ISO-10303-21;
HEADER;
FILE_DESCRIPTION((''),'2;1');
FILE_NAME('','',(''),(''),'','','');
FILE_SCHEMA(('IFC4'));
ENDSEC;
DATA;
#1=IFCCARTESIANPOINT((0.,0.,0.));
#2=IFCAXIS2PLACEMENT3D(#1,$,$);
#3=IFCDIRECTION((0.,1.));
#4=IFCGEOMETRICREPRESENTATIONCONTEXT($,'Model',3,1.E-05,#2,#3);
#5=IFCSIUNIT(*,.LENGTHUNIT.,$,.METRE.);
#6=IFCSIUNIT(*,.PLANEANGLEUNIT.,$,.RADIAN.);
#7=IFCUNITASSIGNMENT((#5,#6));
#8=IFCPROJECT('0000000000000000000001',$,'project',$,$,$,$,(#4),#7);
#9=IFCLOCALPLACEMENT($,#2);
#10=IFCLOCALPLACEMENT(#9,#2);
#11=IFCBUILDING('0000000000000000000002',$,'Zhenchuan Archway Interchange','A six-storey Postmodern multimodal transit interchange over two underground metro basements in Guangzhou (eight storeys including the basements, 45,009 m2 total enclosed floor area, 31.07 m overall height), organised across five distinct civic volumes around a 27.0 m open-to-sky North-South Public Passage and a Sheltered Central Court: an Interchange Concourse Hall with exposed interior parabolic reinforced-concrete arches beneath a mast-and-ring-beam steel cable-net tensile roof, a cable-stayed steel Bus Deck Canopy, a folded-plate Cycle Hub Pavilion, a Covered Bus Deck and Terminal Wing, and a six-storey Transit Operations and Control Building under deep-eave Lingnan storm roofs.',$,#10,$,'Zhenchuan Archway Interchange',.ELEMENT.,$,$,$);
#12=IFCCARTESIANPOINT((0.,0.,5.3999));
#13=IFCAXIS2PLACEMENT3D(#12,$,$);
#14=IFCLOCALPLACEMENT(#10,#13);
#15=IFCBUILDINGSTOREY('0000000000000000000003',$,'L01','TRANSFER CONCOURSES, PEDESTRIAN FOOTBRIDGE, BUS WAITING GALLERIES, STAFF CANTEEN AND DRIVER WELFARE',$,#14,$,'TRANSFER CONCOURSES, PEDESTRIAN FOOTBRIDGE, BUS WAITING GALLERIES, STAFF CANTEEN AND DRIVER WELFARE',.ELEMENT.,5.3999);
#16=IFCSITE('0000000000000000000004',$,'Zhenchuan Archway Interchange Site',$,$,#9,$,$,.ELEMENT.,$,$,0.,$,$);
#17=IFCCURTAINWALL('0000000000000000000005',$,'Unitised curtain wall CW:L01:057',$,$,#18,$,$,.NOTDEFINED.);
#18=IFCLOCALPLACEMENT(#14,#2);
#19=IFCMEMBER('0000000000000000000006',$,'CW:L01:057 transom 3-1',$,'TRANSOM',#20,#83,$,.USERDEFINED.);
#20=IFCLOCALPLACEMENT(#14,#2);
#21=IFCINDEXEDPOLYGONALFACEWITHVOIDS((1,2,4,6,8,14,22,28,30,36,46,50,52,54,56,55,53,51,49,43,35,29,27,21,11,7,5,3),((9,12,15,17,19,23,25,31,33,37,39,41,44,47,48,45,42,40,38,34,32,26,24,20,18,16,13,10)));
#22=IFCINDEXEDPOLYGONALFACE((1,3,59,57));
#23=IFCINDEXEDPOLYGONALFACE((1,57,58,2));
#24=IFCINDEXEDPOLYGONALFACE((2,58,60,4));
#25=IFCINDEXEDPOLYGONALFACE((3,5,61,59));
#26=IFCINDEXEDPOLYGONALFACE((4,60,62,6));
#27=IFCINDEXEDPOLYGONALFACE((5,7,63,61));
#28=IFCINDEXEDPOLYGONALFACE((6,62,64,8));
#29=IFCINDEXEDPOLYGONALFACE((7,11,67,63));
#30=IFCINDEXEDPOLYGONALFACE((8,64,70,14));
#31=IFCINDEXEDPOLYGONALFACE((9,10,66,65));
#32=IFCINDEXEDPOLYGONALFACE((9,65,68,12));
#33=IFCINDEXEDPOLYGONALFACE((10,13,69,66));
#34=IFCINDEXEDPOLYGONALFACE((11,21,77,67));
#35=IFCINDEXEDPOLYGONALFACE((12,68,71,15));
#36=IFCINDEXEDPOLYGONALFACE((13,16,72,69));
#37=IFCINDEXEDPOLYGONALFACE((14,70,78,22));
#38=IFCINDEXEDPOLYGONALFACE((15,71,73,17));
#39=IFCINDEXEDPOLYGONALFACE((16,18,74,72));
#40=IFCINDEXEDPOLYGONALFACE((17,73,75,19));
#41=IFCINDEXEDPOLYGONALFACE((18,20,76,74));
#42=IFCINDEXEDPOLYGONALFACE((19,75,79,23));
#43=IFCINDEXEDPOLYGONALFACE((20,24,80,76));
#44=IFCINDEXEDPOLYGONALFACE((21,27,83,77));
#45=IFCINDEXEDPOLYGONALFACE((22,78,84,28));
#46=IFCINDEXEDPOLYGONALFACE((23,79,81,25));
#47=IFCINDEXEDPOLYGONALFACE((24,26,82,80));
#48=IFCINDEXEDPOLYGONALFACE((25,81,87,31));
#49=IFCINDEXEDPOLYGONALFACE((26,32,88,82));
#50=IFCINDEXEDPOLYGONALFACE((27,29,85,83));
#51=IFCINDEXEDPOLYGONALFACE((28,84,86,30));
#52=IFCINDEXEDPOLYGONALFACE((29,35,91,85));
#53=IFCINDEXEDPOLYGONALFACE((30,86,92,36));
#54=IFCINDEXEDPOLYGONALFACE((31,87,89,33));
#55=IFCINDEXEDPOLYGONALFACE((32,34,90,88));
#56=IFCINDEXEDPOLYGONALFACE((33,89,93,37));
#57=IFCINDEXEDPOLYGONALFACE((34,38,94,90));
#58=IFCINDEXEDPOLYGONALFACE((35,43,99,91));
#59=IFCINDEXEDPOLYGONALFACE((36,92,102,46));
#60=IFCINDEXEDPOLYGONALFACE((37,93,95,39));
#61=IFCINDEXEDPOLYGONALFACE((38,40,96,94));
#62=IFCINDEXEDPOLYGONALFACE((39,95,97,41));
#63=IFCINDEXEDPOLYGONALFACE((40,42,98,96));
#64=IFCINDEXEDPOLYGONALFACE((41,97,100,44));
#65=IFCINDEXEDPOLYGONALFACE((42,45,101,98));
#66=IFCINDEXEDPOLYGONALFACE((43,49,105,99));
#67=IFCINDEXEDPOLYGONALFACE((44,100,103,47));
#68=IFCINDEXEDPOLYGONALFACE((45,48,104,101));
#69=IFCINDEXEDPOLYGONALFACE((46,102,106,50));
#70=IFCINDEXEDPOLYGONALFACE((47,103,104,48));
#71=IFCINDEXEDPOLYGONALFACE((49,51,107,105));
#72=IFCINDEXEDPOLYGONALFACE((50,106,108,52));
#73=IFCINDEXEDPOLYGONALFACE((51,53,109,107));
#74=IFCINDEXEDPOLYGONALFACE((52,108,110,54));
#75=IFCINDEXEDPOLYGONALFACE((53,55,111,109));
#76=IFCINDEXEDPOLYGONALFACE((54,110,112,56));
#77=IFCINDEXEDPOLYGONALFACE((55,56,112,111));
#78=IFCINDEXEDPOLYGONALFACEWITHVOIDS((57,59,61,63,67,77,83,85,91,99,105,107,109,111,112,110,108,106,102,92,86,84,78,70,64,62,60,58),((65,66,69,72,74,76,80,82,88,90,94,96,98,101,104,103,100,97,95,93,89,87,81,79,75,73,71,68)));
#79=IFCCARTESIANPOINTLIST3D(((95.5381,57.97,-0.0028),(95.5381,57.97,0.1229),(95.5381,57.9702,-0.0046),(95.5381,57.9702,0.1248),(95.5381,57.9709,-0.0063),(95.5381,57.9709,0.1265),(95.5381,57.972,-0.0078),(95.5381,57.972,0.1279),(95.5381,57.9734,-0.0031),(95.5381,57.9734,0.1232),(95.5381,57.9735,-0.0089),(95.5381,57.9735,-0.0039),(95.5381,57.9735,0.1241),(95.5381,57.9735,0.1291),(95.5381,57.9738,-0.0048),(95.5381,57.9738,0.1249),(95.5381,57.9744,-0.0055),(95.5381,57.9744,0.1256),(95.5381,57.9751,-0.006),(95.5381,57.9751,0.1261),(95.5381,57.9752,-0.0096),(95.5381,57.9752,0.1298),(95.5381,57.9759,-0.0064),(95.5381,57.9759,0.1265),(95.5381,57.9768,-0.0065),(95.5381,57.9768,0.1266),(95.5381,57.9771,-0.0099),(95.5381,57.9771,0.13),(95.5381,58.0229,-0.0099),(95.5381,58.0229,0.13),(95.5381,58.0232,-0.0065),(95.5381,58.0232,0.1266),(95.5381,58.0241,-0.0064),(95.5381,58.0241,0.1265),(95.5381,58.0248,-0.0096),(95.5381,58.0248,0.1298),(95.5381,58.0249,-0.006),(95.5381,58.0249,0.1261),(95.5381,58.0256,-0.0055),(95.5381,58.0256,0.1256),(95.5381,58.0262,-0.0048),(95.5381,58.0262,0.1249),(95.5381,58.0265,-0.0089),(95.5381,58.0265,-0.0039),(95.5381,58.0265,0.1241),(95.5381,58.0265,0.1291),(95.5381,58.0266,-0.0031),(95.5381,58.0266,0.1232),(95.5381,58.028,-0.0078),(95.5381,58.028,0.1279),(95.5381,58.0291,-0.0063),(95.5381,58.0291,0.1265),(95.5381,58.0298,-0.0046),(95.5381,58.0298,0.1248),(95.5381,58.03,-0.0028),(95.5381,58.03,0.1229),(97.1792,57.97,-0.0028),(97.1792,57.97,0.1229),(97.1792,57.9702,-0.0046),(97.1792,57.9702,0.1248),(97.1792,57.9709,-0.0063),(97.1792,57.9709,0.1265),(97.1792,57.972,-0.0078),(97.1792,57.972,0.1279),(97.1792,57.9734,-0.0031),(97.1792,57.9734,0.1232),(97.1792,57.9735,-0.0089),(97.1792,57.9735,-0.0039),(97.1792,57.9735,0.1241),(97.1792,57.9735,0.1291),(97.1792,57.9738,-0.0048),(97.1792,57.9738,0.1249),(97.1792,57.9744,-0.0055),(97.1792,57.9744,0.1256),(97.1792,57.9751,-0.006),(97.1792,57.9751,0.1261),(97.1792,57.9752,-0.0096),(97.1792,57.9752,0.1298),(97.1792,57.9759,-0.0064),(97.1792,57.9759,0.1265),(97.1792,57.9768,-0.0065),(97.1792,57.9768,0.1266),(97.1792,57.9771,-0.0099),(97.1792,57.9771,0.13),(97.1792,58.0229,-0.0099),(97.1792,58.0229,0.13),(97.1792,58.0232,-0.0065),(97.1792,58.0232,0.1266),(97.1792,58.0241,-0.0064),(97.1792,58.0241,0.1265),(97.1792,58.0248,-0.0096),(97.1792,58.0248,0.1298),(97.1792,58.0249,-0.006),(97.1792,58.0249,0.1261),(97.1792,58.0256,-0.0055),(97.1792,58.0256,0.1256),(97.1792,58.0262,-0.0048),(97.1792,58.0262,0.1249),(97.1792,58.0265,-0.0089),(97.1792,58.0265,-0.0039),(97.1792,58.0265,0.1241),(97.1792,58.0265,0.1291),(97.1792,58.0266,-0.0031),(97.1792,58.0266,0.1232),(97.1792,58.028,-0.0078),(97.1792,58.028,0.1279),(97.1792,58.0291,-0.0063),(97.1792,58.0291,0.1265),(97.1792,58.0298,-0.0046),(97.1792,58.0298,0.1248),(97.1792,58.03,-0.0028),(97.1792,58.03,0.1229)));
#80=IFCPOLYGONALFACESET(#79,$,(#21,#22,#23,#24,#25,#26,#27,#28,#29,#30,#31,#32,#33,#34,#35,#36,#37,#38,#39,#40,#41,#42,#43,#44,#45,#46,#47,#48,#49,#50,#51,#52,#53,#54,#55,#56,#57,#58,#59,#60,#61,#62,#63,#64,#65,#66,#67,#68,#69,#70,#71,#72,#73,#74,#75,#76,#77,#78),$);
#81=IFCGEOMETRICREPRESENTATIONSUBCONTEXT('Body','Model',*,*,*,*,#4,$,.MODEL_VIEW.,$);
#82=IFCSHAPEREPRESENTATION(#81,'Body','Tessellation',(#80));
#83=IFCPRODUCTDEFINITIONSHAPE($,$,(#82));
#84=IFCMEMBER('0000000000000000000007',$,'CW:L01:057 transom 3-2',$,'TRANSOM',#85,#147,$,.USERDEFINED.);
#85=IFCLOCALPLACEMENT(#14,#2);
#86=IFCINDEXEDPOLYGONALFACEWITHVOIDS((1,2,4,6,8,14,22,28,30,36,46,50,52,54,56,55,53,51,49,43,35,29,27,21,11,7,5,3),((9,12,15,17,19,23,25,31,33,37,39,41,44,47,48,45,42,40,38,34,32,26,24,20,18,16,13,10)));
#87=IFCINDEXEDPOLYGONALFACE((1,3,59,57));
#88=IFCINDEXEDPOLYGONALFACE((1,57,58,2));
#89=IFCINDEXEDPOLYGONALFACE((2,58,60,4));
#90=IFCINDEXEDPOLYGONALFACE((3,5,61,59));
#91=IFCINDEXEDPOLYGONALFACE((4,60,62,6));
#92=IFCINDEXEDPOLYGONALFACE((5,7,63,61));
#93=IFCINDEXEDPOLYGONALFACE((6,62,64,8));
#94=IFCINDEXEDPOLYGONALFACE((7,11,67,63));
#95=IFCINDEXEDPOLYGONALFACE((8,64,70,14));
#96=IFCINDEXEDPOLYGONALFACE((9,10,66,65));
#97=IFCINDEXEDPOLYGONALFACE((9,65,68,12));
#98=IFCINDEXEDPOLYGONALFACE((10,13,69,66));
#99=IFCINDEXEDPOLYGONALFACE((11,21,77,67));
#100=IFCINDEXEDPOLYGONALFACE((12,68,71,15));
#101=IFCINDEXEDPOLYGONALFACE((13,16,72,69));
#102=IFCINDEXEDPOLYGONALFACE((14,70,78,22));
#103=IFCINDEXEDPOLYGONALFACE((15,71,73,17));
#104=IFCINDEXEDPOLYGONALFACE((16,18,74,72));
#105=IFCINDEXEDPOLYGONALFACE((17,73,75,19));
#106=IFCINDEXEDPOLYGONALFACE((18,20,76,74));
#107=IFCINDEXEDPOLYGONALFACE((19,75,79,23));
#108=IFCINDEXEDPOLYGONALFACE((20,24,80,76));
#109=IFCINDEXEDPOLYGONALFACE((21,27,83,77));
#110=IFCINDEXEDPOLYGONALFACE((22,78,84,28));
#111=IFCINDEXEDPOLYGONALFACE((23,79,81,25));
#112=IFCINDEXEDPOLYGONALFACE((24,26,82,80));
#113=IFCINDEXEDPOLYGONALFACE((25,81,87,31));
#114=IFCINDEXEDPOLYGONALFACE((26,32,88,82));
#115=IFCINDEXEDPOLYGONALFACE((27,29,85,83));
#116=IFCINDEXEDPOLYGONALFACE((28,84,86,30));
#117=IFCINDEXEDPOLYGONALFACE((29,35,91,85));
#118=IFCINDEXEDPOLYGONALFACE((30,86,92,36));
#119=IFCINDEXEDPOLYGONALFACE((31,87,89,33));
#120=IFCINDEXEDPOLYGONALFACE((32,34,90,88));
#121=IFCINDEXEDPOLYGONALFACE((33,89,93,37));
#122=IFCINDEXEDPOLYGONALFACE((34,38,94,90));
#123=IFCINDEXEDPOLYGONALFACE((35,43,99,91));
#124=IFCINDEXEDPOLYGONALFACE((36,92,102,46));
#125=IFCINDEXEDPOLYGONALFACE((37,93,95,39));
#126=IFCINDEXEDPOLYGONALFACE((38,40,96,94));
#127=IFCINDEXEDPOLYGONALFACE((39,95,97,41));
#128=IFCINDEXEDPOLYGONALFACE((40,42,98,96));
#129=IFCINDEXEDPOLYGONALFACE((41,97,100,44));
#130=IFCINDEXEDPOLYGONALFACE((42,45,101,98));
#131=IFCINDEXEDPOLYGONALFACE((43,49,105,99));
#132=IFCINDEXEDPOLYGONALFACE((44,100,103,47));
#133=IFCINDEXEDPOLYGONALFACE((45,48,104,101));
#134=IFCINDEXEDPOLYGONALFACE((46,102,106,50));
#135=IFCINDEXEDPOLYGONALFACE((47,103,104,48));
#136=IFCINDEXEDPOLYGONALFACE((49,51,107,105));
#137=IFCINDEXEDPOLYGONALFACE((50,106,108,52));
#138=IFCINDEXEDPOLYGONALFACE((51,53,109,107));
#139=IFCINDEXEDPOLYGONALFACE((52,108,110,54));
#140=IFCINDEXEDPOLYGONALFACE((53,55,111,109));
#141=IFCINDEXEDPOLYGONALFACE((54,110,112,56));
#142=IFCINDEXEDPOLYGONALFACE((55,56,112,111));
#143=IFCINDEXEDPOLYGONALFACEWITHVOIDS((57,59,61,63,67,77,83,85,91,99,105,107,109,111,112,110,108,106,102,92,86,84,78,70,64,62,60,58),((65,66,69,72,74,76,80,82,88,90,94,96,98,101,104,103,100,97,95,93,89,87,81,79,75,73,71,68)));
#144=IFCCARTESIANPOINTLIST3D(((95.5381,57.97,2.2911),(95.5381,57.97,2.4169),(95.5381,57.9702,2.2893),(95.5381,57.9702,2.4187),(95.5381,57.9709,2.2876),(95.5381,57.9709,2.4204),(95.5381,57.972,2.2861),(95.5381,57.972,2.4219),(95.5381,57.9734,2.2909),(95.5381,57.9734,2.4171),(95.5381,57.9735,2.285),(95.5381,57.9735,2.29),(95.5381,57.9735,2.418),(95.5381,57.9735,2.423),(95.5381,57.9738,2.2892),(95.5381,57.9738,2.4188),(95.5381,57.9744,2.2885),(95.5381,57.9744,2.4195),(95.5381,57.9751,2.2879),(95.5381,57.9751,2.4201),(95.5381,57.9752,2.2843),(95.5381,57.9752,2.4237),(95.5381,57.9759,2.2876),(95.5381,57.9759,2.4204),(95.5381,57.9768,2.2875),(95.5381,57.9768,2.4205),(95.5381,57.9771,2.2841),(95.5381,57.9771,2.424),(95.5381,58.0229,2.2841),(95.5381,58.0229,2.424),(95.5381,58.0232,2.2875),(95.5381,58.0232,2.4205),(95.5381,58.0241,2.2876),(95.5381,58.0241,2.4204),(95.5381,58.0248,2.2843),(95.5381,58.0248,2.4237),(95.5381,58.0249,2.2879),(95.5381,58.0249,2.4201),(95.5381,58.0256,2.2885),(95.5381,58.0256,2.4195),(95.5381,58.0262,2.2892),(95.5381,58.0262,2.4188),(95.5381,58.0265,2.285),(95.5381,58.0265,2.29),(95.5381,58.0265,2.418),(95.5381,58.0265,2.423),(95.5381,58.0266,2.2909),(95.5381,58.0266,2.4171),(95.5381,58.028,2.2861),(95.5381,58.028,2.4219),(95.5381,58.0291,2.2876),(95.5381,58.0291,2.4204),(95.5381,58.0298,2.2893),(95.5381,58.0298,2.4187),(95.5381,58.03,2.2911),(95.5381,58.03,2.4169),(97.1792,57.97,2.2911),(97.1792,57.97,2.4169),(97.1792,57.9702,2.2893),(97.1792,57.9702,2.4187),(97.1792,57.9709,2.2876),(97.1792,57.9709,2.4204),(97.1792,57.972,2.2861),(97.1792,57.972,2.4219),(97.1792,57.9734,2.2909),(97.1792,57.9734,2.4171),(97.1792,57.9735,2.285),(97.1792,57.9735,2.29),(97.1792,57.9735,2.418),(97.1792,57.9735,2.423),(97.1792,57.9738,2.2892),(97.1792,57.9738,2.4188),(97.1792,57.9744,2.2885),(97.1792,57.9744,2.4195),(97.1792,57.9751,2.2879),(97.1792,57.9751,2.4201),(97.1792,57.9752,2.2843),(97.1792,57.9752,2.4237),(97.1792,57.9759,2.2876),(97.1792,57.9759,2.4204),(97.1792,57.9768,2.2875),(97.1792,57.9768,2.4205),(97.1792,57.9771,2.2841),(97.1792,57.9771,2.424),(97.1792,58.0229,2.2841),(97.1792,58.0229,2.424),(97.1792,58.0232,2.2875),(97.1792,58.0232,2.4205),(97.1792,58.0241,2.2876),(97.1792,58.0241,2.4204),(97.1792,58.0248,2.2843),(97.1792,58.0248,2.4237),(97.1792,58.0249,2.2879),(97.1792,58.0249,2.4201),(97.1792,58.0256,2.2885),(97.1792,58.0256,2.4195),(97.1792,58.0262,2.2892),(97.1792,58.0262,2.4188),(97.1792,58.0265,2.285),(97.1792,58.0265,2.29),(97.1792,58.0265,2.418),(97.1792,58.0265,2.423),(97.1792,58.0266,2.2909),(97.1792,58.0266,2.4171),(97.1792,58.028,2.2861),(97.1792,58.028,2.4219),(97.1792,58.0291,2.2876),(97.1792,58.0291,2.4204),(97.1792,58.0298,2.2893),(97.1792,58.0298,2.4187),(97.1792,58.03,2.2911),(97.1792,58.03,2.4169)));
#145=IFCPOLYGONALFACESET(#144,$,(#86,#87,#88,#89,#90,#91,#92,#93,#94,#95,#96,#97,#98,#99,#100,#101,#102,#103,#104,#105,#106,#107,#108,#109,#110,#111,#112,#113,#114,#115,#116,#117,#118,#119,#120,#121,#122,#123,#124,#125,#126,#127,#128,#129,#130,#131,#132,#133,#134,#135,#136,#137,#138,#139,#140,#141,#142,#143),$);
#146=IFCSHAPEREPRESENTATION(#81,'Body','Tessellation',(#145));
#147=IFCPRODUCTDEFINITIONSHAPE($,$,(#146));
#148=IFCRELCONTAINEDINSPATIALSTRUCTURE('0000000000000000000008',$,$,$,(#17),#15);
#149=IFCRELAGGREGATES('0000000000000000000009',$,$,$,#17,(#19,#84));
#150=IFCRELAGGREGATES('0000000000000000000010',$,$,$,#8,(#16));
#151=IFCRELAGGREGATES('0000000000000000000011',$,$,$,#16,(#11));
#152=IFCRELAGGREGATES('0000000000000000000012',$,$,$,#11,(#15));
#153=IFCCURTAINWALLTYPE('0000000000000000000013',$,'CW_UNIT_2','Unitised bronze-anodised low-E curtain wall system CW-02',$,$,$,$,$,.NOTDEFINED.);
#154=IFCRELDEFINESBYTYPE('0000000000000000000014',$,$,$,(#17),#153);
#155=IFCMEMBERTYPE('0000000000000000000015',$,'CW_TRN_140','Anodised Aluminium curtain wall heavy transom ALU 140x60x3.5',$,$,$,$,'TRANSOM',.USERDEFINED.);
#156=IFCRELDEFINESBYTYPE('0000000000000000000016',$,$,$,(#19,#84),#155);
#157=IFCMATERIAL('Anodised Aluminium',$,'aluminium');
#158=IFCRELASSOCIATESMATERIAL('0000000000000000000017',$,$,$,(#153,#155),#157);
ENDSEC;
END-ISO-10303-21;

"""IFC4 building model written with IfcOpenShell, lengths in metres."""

from ifc_helpers import new_model, si_unit, direction, frame, origin, origin_2d, place, context, subcontext, project, spatial, hollow_rectangle, extrude, material, material_profile, profile_set, type_object, element, aggregate, save


model = new_model("IFC4")

# Units and contexts
model_context = context("Model", 3, precision=1e-05, world=origin(), true_north=direction((0.0, 1.0)))
body_context = subcontext(model_context, "Body", "Model", "MODEL_VIEW")
ifc_project = project(units=[si_unit("LENGTHUNIT", "METRE"), si_unit("PLANEANGLEUNIT", "RADIAN")], contexts=[model_context])

# Site, building, storey
site_placement = place(None, origin())
site = spatial("IfcSite", under=ifc_project, at=site_placement, Name="Zhenchuan Archway Interchange Site", CompositionType="ELEMENT", RefElevation=0.0)
building_placement = place(site_placement, origin())
building = spatial("IfcBuilding", under=site, at=building_placement, Name="Zhenchuan Archway Interchange", Description="A six-storey Postmodern multimodal transit interchange over two underground metro basements in Guangzhou (eight storeys including the basements, 45,009 m2 total enclosed floor area, 31.07 m overall height), organised across five distinct civic volumes around a 27.0 m open-to-sky North-South Public Passage and a Sheltered Central Court: an Interchange Concourse Hall with exposed interior parabolic reinforced-concrete arches beneath a mast-and-ring-beam steel cable-net tensile roof, a cable-stayed steel Bus Deck Canopy, a folded-plate Cycle Hub Pavilion, a Covered Bus Deck and Terminal Wing, and a six-storey Transit Operations and Control Building under deep-eave Lingnan storm roofs.", LongName="Zhenchuan Archway Interchange", CompositionType="ELEMENT")
storey_placement = place(building_placement, frame((0.0, 0.0, 5.3999)))
storey = spatial("IfcBuildingStorey", under=building, at=storey_placement, Name="L01", Description="TRANSFER CONCOURSES, PEDESTRIAN FOOTBRIDGE, BUS WAITING GALLERIES, STAFF CANTEEN AND DRIVER WELFARE", LongName="TRANSFER CONCOURSES, PEDESTRIAN FOOTBRIDGE, BUS WAITING GALLERIES, STAFF CANTEEN AND DRIVER WELFARE", CompositionType="ELEMENT", Elevation=5.3999)

# Shared definitions
ifc_material_1 = material(Name="Anodised Aluminium", Category="aluminium")

# Curtain wall
curtain_wall_type_1 = type_object("IfcCurtainWallType", Name="CW_UNIT_2", Description="Unitised bronze-anodised low-E curtain wall system CW-02", PredefinedType="NOTDEFINED", material=ifc_material_1)
curtain_wall_1_placement = place(storey_placement, origin())
curtain_wall_1 = element("IfcCurtainWall", 1, at=curtain_wall_1_placement, inside=storey, type_object=curtain_wall_type_1, Name="Unitised curtain wall CW:L01:057", PredefinedType="NOTDEFINED")

# Members
ifc_material_profile_1 = material_profile(ifc_material_1, hollow_rectangle(XDim=0.0601, YDim=0.1399, WallThickness=0.0034, InnerFilletRadius=0.0034, OuterFilletRadius=0.0071, at=origin_2d()), Name="ALU 140x60x3.5")
ifc_profile_set_1 = profile_set([ifc_material_profile_1], Name="Anodised Aluminium")
member_type_1 = type_object("IfcMemberType", Name="CW_TRN_140", Description="Anodised Aluminium curtain wall heavy transom ALU 140x60x3.5", ElementType="TRANSOM", PredefinedType="USERDEFINED", material=ifc_profile_set_1)
member_1_placement = place(storey_placement, frame((95.5381, 58.0, 0.0601), z_axis=(1.0, 0.0, 0.0), x_axis=(0.0, 1.0, 0.0)))
member_1 = element("IfcMember", 2, at=member_1_placement, type_object=member_type_1, Name="CW:L01:057 transom 3-1", ObjectType="TRANSOM", PredefinedType="USERDEFINED", context=body_context, shape_type="SweptSolid", body=[
    extrude(hollow_rectangle(XDim=0.0601, YDim=0.1399, WallThickness=0.0034, InnerFilletRadius=0.0034, OuterFilletRadius=0.0071, at=origin_2d()), origin(), (0.0, 0.0, 1.0), 1.6411),
])
member_2_placement = place(storey_placement, frame((95.5381, 58.0, 2.354), z_axis=(1.0, 0.0, 0.0), x_axis=(0.0, 1.0, 0.0)))
member_2 = element("IfcMember", 3, at=member_2_placement, type_object=member_type_1, Name="CW:L01:057 transom 3-2", ObjectType="TRANSOM", PredefinedType="USERDEFINED", context=body_context, shape_type="SweptSolid", body=[
    extrude(hollow_rectangle(XDim=0.0601, YDim=0.1399, WallThickness=0.0034, InnerFilletRadius=0.0034, OuterFilletRadius=0.0071, at=origin_2d()), origin(), (0.0, 0.0, 1.0), 1.6411),
])

aggregate(curtain_wall_1, [member_1, member_2])

save(model, "model.ifc")
